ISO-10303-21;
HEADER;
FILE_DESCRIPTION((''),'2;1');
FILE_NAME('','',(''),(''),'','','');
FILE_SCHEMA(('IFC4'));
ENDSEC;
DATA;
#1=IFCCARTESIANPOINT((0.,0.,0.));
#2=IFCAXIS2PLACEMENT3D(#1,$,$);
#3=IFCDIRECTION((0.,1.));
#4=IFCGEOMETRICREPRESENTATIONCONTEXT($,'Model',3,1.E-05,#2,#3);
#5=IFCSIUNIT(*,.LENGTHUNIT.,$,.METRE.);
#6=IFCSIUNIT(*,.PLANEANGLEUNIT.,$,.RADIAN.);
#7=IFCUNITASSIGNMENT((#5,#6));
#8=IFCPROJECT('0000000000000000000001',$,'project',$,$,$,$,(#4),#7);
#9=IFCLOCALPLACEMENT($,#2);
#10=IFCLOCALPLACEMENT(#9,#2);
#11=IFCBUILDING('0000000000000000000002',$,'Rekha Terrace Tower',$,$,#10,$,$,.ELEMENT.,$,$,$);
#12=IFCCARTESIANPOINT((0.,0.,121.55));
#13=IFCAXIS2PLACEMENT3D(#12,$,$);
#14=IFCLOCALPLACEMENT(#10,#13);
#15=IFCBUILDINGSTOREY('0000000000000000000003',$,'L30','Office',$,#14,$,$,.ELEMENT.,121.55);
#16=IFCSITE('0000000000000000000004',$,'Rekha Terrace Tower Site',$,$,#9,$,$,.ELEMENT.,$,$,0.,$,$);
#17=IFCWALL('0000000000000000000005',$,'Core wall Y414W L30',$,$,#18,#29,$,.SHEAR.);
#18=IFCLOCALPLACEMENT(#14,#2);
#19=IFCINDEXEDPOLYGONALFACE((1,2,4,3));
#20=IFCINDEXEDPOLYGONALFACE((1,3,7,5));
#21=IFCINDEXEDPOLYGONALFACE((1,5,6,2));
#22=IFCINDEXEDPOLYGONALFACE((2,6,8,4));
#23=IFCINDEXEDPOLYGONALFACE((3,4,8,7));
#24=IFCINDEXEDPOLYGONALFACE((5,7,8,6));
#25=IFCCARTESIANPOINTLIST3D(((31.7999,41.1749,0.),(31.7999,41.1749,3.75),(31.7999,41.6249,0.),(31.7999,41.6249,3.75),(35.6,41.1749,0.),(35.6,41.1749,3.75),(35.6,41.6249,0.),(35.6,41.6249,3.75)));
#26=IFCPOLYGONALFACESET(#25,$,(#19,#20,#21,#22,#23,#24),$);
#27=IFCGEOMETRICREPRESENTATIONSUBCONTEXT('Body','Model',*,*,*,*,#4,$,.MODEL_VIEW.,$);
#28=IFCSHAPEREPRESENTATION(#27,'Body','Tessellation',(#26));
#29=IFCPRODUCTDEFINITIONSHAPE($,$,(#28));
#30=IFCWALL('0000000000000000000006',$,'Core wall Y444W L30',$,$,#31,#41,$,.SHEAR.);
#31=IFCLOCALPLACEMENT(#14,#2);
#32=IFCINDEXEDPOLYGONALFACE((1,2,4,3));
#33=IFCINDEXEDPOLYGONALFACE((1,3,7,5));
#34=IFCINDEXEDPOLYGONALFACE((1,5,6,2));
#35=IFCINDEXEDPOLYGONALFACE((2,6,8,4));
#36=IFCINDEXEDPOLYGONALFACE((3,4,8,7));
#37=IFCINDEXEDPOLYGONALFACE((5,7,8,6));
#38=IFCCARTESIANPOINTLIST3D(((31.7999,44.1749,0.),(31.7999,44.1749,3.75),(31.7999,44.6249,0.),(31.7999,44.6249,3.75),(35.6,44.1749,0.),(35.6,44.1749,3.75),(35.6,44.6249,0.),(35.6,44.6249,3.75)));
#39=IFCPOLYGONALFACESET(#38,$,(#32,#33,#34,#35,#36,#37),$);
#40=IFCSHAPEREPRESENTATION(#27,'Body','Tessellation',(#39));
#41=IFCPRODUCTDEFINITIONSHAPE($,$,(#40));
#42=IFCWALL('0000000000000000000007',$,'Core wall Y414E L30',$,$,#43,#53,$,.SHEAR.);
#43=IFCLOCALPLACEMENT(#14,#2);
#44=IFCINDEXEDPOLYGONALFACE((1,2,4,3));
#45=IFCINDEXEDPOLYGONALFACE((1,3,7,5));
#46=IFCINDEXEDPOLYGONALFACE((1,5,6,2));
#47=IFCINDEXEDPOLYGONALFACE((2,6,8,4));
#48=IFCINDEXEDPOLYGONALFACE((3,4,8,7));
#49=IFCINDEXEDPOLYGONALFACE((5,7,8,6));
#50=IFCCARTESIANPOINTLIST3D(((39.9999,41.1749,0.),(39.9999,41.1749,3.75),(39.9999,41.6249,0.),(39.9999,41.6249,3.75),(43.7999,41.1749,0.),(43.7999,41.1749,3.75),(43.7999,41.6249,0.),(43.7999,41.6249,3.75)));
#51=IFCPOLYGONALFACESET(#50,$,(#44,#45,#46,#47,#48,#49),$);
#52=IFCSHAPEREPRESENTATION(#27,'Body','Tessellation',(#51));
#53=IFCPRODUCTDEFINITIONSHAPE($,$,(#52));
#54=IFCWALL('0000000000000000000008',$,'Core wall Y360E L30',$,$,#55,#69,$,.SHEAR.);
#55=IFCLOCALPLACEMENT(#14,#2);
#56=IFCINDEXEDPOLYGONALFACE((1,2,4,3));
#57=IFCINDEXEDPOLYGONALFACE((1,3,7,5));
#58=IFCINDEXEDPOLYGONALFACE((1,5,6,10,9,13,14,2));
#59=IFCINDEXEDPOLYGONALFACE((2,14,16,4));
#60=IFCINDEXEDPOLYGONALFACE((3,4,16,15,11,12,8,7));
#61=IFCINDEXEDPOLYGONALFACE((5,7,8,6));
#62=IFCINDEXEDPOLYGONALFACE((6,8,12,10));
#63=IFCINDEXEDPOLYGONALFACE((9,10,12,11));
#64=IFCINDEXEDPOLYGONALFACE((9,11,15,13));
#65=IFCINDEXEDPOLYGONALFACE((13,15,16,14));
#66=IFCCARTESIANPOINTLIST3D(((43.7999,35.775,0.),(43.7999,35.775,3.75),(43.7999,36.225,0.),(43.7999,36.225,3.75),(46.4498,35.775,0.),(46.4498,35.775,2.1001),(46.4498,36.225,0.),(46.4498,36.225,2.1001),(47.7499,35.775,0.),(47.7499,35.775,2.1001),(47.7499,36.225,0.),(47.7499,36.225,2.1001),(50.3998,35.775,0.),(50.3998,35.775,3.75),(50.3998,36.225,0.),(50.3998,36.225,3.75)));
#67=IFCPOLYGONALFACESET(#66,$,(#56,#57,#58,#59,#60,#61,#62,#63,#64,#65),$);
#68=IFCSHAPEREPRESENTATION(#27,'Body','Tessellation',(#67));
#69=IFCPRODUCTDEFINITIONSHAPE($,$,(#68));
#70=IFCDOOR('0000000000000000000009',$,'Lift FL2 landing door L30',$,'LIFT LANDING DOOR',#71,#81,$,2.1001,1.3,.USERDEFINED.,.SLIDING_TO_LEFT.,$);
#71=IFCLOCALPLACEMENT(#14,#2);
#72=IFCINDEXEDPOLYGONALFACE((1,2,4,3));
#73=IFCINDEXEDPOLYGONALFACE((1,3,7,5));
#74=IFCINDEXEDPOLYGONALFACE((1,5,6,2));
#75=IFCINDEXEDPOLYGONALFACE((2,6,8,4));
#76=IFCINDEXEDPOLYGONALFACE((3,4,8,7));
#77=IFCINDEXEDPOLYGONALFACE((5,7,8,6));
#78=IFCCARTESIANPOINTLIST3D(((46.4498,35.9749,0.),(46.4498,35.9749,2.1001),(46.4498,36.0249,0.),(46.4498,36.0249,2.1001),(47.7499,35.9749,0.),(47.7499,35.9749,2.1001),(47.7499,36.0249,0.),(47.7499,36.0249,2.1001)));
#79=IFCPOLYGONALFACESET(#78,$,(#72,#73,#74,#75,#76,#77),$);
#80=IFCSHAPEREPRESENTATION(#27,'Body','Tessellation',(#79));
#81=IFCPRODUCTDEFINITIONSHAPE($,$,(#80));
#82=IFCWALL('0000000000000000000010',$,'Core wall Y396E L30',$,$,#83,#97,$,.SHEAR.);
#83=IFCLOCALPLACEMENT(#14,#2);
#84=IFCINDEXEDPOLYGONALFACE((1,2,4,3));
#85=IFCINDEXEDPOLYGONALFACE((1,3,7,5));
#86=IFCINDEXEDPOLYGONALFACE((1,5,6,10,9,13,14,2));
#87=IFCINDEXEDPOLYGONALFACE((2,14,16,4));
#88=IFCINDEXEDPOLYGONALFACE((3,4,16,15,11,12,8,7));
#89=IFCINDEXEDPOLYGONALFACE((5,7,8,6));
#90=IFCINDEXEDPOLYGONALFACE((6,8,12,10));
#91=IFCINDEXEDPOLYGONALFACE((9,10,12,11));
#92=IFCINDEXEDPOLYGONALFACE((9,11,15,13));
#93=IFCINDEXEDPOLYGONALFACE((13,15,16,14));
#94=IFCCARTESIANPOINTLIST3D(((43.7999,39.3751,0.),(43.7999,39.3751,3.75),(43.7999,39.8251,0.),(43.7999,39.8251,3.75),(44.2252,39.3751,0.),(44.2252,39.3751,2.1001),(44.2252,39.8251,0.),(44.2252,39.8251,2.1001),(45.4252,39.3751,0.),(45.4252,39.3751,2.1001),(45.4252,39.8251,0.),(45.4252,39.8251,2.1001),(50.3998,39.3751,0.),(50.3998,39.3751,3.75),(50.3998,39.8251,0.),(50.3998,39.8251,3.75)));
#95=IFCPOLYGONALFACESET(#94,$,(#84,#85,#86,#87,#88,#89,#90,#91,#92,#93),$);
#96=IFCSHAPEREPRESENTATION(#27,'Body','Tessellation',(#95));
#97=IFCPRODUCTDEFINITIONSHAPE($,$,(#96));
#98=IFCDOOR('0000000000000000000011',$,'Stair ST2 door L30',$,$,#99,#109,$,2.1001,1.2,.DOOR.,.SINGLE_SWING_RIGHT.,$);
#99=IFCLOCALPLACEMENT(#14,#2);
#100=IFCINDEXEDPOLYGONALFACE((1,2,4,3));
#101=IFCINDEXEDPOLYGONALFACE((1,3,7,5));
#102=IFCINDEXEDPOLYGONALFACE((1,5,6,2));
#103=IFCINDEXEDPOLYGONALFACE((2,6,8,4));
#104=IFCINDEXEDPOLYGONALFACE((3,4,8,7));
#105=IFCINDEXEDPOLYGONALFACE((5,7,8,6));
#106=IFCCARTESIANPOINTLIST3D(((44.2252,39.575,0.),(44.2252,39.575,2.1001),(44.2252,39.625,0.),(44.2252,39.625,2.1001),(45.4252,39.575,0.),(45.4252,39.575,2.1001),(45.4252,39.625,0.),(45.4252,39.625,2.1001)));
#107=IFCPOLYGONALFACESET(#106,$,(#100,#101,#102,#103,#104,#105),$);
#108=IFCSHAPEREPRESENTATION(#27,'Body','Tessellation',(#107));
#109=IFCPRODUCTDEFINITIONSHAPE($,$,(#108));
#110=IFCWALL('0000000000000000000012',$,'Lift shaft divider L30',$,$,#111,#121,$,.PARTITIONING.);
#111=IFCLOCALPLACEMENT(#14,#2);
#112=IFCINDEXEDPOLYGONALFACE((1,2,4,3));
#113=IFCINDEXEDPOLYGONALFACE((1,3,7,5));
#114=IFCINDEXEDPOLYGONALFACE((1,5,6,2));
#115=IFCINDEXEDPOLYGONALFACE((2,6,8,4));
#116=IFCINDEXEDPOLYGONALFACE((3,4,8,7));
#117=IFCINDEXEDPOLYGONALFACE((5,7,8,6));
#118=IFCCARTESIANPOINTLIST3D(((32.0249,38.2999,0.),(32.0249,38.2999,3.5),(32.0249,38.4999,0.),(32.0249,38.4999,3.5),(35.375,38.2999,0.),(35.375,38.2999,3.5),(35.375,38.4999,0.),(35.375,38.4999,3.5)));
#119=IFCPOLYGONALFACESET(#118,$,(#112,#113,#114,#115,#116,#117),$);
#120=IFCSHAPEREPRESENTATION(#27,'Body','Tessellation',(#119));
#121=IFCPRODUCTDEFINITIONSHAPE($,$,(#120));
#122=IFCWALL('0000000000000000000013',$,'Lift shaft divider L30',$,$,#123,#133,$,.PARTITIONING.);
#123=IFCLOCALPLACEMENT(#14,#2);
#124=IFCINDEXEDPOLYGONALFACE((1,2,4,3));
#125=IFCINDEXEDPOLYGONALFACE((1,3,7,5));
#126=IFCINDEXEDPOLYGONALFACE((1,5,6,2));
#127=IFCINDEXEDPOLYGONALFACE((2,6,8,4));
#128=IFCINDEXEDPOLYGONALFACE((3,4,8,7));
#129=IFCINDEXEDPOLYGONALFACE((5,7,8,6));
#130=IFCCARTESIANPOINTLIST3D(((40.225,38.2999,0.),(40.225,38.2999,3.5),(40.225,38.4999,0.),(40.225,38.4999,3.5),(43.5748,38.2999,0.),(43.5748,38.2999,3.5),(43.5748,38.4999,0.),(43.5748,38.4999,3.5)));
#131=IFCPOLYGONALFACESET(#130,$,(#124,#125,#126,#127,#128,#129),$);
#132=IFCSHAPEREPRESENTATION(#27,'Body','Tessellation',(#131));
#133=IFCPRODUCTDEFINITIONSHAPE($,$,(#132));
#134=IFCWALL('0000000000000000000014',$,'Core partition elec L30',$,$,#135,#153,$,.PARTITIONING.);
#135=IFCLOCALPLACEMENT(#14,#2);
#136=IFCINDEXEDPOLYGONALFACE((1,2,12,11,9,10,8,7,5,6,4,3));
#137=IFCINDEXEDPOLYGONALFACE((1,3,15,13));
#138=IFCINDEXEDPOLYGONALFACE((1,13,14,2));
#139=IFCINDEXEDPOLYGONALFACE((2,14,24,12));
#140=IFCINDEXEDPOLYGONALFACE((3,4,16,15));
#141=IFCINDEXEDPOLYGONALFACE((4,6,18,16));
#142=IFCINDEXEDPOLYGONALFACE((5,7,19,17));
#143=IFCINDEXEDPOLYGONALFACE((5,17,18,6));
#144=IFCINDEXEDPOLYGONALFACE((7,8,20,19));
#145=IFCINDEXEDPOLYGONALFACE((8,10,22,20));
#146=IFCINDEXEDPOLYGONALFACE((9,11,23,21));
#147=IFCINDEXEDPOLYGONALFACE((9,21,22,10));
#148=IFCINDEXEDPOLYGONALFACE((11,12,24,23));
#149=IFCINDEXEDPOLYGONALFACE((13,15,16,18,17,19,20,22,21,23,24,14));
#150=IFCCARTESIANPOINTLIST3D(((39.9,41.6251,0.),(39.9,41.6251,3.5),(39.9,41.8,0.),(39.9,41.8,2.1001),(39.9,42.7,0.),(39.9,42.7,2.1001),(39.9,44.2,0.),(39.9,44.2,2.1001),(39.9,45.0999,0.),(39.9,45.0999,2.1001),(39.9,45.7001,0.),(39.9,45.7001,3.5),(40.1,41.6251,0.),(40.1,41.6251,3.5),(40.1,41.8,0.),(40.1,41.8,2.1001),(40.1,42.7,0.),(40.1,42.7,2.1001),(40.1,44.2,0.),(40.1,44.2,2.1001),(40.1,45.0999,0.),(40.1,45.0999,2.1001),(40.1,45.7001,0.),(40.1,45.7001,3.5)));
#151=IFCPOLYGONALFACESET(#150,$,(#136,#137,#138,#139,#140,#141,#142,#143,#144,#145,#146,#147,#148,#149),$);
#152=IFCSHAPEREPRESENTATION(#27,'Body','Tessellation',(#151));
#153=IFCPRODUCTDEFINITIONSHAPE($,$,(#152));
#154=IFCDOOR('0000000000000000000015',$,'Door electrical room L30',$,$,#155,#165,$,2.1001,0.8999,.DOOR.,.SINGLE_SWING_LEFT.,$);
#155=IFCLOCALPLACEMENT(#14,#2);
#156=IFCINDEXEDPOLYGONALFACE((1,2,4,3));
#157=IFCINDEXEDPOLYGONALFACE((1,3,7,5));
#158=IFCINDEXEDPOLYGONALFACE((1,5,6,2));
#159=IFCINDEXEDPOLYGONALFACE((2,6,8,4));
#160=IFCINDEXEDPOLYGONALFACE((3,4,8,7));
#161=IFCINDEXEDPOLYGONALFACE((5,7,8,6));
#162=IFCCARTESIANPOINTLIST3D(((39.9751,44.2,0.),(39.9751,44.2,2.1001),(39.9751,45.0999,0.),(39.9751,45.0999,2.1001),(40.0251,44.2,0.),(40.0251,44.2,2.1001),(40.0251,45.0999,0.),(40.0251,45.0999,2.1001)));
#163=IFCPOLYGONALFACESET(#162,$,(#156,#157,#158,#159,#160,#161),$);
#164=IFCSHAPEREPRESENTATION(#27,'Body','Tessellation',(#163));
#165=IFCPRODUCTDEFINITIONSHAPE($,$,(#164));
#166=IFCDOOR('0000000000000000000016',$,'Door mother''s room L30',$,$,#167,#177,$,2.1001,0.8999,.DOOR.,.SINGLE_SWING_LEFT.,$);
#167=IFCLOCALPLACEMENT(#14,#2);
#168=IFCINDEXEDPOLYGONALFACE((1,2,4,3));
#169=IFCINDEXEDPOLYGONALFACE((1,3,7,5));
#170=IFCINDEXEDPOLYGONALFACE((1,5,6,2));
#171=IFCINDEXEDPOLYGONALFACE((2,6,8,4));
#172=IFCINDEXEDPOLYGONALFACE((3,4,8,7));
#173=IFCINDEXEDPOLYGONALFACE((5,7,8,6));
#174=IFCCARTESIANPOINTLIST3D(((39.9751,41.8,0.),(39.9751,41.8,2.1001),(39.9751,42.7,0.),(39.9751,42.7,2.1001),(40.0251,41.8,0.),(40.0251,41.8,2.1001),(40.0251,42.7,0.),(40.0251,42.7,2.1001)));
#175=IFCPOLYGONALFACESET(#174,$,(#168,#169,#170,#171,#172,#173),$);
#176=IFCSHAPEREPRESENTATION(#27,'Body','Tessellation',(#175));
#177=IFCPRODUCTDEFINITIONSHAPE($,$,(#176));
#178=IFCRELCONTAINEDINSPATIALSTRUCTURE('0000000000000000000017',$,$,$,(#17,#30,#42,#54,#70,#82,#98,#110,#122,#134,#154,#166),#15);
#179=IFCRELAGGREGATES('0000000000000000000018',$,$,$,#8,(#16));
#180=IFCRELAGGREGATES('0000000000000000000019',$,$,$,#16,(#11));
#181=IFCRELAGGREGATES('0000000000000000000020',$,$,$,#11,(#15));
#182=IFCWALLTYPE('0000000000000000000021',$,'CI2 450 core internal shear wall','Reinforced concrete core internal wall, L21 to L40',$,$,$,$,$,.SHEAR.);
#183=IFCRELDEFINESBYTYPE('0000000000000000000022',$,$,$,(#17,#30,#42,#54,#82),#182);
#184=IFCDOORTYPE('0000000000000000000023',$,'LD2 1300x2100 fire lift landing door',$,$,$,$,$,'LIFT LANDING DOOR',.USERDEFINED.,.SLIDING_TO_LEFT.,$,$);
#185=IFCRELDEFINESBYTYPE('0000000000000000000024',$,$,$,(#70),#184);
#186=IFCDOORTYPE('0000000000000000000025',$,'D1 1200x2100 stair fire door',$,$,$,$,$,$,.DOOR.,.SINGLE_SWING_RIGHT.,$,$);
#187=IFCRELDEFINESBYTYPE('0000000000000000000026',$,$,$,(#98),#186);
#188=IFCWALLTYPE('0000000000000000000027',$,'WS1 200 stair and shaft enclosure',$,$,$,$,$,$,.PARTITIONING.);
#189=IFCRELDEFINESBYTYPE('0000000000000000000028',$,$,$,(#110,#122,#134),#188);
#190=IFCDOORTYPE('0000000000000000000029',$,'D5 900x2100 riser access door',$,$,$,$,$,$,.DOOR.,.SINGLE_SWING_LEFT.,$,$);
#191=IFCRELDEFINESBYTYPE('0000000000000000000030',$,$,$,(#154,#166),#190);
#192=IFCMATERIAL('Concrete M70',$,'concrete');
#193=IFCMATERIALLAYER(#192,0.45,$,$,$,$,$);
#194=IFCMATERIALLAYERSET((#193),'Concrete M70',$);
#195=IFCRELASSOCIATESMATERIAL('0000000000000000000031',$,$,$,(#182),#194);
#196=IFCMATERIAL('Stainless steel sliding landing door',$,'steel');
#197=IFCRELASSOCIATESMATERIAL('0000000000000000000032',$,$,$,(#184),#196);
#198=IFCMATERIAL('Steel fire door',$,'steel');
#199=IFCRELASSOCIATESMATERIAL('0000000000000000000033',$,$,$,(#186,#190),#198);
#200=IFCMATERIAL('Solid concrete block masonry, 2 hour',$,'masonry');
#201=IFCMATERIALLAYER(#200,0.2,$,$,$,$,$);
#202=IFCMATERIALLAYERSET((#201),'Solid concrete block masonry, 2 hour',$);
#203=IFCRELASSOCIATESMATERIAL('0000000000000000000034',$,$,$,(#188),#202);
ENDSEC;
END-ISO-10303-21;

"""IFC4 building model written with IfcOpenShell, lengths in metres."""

from ifc_helpers import new_model, si_unit, direction, frame, frame_2d, origin, place, context, subcontext, project, spatial, rectangle, extrude, material, layer, layer_set, type_object, element, fill, save


model = new_model("IFC4")

# Units and contexts
model_context = context("Model", 3, precision=1e-05, world=origin(), true_north=direction((0.0, 1.0)))
body_context = subcontext(model_context, "Body", "Model", "MODEL_VIEW")
ifc_project = project(units=[si_unit("LENGTHUNIT", "METRE"), si_unit("PLANEANGLEUNIT", "RADIAN")], contexts=[model_context])

# Site, building, storey
site_placement = place(None, origin())
site = spatial("IfcSite", under=ifc_project, at=site_placement, Name="Rekha Terrace Tower Site", CompositionType="ELEMENT", RefElevation=0.0)
building_placement = place(site_placement, origin())
building = spatial("IfcBuilding", under=site, at=building_placement, Name="Rekha Terrace Tower", CompositionType="ELEMENT")
storey_placement = place(building_placement, frame((0.0, 0.0, 121.55)))
storey = spatial("IfcBuildingStorey", under=building, at=storey_placement, Name="L30", Description="Office", CompositionType="ELEMENT", Elevation=121.55)

# Walls
ifc_material_1 = material(Name="Concrete M70", Category="concrete")
ifc_layer_1 = layer(ifc_material_1, 0.45)
ifc_layer_set_1 = layer_set([ifc_layer_1], Name="Concrete M70")
wall_type_1 = type_object("IfcWallType", Name="CI2 450 core internal shear wall", Description="Reinforced concrete core internal wall, L21 to L40", PredefinedType="SHEAR", material=ifc_layer_set_1)
for number, where, z_axis, x_axis, name in (
    (1, (31.8, 41.3999, 0.0), (0.0, 0.0, 1.0), (1.0, 0.0, 0.0), "Core wall Y414W L30"),
    (2, (31.8, 44.3999, 0.0), (0.0, 0.0, 1.0), (1.0, 0.0, 0.0), "Core wall Y444W L30"),
    (3, (40.0, 41.3999, 0.0), (0.0, 0.0, 1.0), (1.0, 0.0, 0.0), "Core wall Y414E L30"),
):
    element("IfcWall", number, at=place(storey_placement, frame(where, z_axis=z_axis, x_axis=x_axis)), inside=storey, type_object=wall_type_1, Name=name, PredefinedType="SHEAR", context=body_context, shape_type="SweptSolid", body=[
        extrude(rectangle(XDim=3.8, YDim=0.45, at=frame_2d((1.8999, 0.0))), origin(), (0.0, 0.0, 1.0), 3.75),
    ])

# Walls, openings, doors
wall_1_placement = place(storey_placement, frame((43.8, 36.0, 0.0), z_axis=(0.0, 0.0, 1.0), x_axis=(1.0, 0.0, 0.0)))
wall_1 = element("IfcWall", 4, at=wall_1_placement, inside=storey, type_object=wall_type_1, Name="Core wall Y360E L30", PredefinedType="SHEAR", context=body_context, shape_type="SweptSolid", body=[
    extrude(rectangle(XDim=6.5999, YDim=0.45, at=frame_2d((3.2998, 0.0))), origin(), (0.0, 0.0, 1.0), 3.75),
])
opening_1_placement = place(wall_1_placement, frame((2.6499, 0.0, 0.0)))
opening_1 = element("IfcOpeningElement", 5, at=opening_1_placement, cuts=wall_1, PredefinedType="OPENING", context=body_context, shape_type="SweptSolid", body=[
    extrude(rectangle(XDim=1.3, YDim=2.1001, at=frame_2d((0.6499, 1.05))), frame((0.0, 0.2349, 0.0), z_axis=(0.0, -1.0, 0.0), x_axis=(1.0, 0.0, 0.0)), (0.0, 0.0, 1.0), 0.47),
])
ifc_material_2 = material(Name="Stainless steel sliding landing door", Category="steel")
door_type_1 = type_object("IfcDoorType", Name="LD2 1300x2100 fire lift landing door", ElementType="LIFT LANDING DOOR", OperationType="SLIDING_TO_LEFT", PredefinedType="USERDEFINED", material=ifc_material_2)
door_1_placement = place(opening_1_placement, origin())
door_1 = element("IfcDoor", 6, at=door_1_placement, inside=storey, type_object=door_type_1, Name="Lift FL2 landing door L30", ObjectType="LIFT LANDING DOOR", OperationType="SLIDING_TO_LEFT", OverallHeight=2.1001, OverallWidth=1.3, PredefinedType="USERDEFINED", context=body_context, shape_type="SweptSolid", body=[
    extrude(rectangle(XDim=1.3, YDim=2.1001, at=frame_2d((0.6499, 1.05))), frame((0.0, 0.0249, 0.0), z_axis=(0.0, -1.0, 0.0), x_axis=(1.0, 0.0, 0.0)), (0.0, 0.0, 1.0), 0.05),
])
fill(opening_1, door_1)
wall_2_placement = place(storey_placement, frame((43.8, 39.6001, 0.0), z_axis=(0.0, 0.0, 1.0), x_axis=(1.0, 0.0, 0.0)))
wall_2 = element("IfcWall", 7, at=wall_2_placement, inside=storey, type_object=wall_type_1, Name="Core wall Y396E L30", PredefinedType="SHEAR", context=body_context, shape_type="SweptSolid", body=[
    extrude(rectangle(XDim=6.5999, YDim=0.45, at=frame_2d((3.2998, 0.0))), origin(), (0.0, 0.0, 1.0), 3.75),
])
opening_2_placement = place(wall_2_placement, frame((0.425, 0.0, 0.0)))
opening_2 = element("IfcOpeningElement", 8, at=opening_2_placement, cuts=wall_2, PredefinedType="OPENING", context=body_context, shape_type="SweptSolid", body=[
    extrude(rectangle(XDim=1.2, YDim=2.1001, at=frame_2d((0.6001, 1.05))), frame((0.0, 0.2349, 0.0), z_axis=(0.0, -1.0, 0.0), x_axis=(1.0, 0.0, 0.0)), (0.0, 0.0, 1.0), 0.47),
])
ifc_material_3 = material(Name="Steel fire door", Category="steel")
door_type_2 = type_object("IfcDoorType", Name="D1 1200x2100 stair fire door", OperationType="SINGLE_SWING_RIGHT", PredefinedType="DOOR", material=ifc_material_3)
door_2_placement = place(opening_2_placement, origin())
door_2 = element("IfcDoor", 9, at=door_2_placement, inside=storey, type_object=door_type_2, Name="Stair ST2 door L30", OperationType="SINGLE_SWING_RIGHT", OverallHeight=2.1001, OverallWidth=1.2, PredefinedType="DOOR", context=body_context, shape_type="SweptSolid", body=[
    extrude(rectangle(XDim=1.2, YDim=2.1001, at=frame_2d((0.6001, 1.05))), frame((0.0, 0.0249, 0.0), z_axis=(0.0, -1.0, 0.0), x_axis=(1.0, 0.0, 0.0)), (0.0, 0.0, 1.0), 0.05),
])
fill(opening_2, door_2)

# Walls
ifc_material_4 = material(Name="Solid concrete block masonry, 2 hour", Category="masonry")
ifc_layer_2 = layer(ifc_material_4, 0.2)
ifc_layer_set_2 = layer_set([ifc_layer_2], Name="Solid concrete block masonry, 2 hour")
wall_type_2 = type_object("IfcWallType", Name="WS1 200 stair and shaft enclosure", PredefinedType="PARTITIONING", material=ifc_layer_set_2)
wall_3_placement = place(storey_placement, frame((32.0249, 38.3999, 0.0), z_axis=(0.0, 0.0, 1.0), x_axis=(1.0, 0.0, 0.0)))
element("IfcWall", 10, at=wall_3_placement, inside=storey, type_object=wall_type_2, Name="Lift shaft divider L30", PredefinedType="PARTITIONING", context=body_context, shape_type="SweptSolid", body=[
    extrude(rectangle(XDim=3.3501, YDim=0.2, at=frame_2d((1.675, 0.0))), origin(), (0.0, 0.0, 1.0), 3.5),
])
wall_4_placement = place(storey_placement, frame((40.2251, 38.3999, 0.0), z_axis=(0.0, 0.0, 1.0), x_axis=(1.0, 0.0, 0.0)))
element("IfcWall", 11, at=wall_4_placement, inside=storey, type_object=wall_type_2, Name="Lift shaft divider L30", PredefinedType="PARTITIONING", context=body_context, shape_type="SweptSolid", body=[
    extrude(rectangle(XDim=3.3499, YDim=0.2, at=frame_2d((1.6748, 0.0))), origin(), (0.0, 0.0, 1.0), 3.5),
])

# Wall, openings, doors
wall_5_placement = place(storey_placement, frame((40.0, 41.625, 0.0), z_axis=(0.0, 0.0, 1.0), x_axis=(0.0, 1.0, 0.0)))
wall_5 = element("IfcWall", 12, at=wall_5_placement, inside=storey, type_object=wall_type_2, Name="Core partition elec L30", PredefinedType="PARTITIONING", context=body_context, shape_type="SweptSolid", body=[
    extrude(rectangle(XDim=4.075, YDim=0.2, at=frame_2d((2.0376, 0.0))), origin(), (0.0, 0.0, 1.0), 3.5),
])
opening_3_placement = place(wall_5_placement, frame((2.575, 0.0, 0.0)))
opening_3 = element("IfcOpeningElement", 13, at=opening_3_placement, cuts=wall_5, PredefinedType="OPENING", context=body_context, shape_type="SweptSolid", body=[
    extrude(rectangle(XDim=0.8999, YDim=2.1001, at=frame_2d((0.45, 1.05))), frame((0.0, 0.1099, 0.0), z_axis=(0.0, -1.0, 0.0), x_axis=(1.0, 0.0, 0.0)), (0.0, 0.0, 1.0), 0.22),
])
opening_4_placement = place(wall_5_placement, frame((0.175, 0.0, 0.0)))
opening_4 = element("IfcOpeningElement", 14, at=opening_4_placement, cuts=wall_5, PredefinedType="OPENING", context=body_context, shape_type="SweptSolid", body=[
    extrude(rectangle(XDim=0.8999, YDim=2.1001, at=frame_2d((0.45, 1.05))), frame((0.0, 0.1099, 0.0), z_axis=(0.0, -1.0, 0.0), x_axis=(1.0, 0.0, 0.0)), (0.0, 0.0, 1.0), 0.22),
])
door_type_3 = type_object("IfcDoorType", Name="D5 900x2100 riser access door", OperationType="SINGLE_SWING_LEFT", PredefinedType="DOOR", material=ifc_material_3)
door_3_placement = place(opening_3_placement, origin())
door_3 = element("IfcDoor", 15, at=door_3_placement, inside=storey, type_object=door_type_3, Name="Door electrical room L30", OperationType="SINGLE_SWING_LEFT", OverallHeight=2.1001, OverallWidth=0.8999, PredefinedType="DOOR", context=body_context, shape_type="SweptSolid", body=[
    extrude(rectangle(XDim=0.8999, YDim=2.1001, at=frame_2d((0.45, 1.05))), frame((0.0, 0.0249, 0.0), z_axis=(0.0, -1.0, 0.0), x_axis=(1.0, 0.0, 0.0)), (0.0, 0.0, 1.0), 0.05),
])
fill(opening_3, door_3)
door_4_placement = place(opening_4_placement, origin())
door_4 = element("IfcDoor", 16, at=door_4_placement, inside=storey, type_object=door_type_3, Name="Door mother's room L30", OperationType="SINGLE_SWING_LEFT", OverallHeight=2.1001, OverallWidth=0.8999, PredefinedType="DOOR", context=body_context, shape_type="SweptSolid", body=[
    extrude(rectangle(XDim=0.8999, YDim=2.1001, at=frame_2d((0.45, 1.05))), frame((0.0, 0.0249, 0.0), z_axis=(0.0, -1.0, 0.0), x_axis=(1.0, 0.0, 0.0)), (0.0, 0.0, 1.0), 0.05),
])
fill(opening_4, door_4)

save(model, "model.ifc")
